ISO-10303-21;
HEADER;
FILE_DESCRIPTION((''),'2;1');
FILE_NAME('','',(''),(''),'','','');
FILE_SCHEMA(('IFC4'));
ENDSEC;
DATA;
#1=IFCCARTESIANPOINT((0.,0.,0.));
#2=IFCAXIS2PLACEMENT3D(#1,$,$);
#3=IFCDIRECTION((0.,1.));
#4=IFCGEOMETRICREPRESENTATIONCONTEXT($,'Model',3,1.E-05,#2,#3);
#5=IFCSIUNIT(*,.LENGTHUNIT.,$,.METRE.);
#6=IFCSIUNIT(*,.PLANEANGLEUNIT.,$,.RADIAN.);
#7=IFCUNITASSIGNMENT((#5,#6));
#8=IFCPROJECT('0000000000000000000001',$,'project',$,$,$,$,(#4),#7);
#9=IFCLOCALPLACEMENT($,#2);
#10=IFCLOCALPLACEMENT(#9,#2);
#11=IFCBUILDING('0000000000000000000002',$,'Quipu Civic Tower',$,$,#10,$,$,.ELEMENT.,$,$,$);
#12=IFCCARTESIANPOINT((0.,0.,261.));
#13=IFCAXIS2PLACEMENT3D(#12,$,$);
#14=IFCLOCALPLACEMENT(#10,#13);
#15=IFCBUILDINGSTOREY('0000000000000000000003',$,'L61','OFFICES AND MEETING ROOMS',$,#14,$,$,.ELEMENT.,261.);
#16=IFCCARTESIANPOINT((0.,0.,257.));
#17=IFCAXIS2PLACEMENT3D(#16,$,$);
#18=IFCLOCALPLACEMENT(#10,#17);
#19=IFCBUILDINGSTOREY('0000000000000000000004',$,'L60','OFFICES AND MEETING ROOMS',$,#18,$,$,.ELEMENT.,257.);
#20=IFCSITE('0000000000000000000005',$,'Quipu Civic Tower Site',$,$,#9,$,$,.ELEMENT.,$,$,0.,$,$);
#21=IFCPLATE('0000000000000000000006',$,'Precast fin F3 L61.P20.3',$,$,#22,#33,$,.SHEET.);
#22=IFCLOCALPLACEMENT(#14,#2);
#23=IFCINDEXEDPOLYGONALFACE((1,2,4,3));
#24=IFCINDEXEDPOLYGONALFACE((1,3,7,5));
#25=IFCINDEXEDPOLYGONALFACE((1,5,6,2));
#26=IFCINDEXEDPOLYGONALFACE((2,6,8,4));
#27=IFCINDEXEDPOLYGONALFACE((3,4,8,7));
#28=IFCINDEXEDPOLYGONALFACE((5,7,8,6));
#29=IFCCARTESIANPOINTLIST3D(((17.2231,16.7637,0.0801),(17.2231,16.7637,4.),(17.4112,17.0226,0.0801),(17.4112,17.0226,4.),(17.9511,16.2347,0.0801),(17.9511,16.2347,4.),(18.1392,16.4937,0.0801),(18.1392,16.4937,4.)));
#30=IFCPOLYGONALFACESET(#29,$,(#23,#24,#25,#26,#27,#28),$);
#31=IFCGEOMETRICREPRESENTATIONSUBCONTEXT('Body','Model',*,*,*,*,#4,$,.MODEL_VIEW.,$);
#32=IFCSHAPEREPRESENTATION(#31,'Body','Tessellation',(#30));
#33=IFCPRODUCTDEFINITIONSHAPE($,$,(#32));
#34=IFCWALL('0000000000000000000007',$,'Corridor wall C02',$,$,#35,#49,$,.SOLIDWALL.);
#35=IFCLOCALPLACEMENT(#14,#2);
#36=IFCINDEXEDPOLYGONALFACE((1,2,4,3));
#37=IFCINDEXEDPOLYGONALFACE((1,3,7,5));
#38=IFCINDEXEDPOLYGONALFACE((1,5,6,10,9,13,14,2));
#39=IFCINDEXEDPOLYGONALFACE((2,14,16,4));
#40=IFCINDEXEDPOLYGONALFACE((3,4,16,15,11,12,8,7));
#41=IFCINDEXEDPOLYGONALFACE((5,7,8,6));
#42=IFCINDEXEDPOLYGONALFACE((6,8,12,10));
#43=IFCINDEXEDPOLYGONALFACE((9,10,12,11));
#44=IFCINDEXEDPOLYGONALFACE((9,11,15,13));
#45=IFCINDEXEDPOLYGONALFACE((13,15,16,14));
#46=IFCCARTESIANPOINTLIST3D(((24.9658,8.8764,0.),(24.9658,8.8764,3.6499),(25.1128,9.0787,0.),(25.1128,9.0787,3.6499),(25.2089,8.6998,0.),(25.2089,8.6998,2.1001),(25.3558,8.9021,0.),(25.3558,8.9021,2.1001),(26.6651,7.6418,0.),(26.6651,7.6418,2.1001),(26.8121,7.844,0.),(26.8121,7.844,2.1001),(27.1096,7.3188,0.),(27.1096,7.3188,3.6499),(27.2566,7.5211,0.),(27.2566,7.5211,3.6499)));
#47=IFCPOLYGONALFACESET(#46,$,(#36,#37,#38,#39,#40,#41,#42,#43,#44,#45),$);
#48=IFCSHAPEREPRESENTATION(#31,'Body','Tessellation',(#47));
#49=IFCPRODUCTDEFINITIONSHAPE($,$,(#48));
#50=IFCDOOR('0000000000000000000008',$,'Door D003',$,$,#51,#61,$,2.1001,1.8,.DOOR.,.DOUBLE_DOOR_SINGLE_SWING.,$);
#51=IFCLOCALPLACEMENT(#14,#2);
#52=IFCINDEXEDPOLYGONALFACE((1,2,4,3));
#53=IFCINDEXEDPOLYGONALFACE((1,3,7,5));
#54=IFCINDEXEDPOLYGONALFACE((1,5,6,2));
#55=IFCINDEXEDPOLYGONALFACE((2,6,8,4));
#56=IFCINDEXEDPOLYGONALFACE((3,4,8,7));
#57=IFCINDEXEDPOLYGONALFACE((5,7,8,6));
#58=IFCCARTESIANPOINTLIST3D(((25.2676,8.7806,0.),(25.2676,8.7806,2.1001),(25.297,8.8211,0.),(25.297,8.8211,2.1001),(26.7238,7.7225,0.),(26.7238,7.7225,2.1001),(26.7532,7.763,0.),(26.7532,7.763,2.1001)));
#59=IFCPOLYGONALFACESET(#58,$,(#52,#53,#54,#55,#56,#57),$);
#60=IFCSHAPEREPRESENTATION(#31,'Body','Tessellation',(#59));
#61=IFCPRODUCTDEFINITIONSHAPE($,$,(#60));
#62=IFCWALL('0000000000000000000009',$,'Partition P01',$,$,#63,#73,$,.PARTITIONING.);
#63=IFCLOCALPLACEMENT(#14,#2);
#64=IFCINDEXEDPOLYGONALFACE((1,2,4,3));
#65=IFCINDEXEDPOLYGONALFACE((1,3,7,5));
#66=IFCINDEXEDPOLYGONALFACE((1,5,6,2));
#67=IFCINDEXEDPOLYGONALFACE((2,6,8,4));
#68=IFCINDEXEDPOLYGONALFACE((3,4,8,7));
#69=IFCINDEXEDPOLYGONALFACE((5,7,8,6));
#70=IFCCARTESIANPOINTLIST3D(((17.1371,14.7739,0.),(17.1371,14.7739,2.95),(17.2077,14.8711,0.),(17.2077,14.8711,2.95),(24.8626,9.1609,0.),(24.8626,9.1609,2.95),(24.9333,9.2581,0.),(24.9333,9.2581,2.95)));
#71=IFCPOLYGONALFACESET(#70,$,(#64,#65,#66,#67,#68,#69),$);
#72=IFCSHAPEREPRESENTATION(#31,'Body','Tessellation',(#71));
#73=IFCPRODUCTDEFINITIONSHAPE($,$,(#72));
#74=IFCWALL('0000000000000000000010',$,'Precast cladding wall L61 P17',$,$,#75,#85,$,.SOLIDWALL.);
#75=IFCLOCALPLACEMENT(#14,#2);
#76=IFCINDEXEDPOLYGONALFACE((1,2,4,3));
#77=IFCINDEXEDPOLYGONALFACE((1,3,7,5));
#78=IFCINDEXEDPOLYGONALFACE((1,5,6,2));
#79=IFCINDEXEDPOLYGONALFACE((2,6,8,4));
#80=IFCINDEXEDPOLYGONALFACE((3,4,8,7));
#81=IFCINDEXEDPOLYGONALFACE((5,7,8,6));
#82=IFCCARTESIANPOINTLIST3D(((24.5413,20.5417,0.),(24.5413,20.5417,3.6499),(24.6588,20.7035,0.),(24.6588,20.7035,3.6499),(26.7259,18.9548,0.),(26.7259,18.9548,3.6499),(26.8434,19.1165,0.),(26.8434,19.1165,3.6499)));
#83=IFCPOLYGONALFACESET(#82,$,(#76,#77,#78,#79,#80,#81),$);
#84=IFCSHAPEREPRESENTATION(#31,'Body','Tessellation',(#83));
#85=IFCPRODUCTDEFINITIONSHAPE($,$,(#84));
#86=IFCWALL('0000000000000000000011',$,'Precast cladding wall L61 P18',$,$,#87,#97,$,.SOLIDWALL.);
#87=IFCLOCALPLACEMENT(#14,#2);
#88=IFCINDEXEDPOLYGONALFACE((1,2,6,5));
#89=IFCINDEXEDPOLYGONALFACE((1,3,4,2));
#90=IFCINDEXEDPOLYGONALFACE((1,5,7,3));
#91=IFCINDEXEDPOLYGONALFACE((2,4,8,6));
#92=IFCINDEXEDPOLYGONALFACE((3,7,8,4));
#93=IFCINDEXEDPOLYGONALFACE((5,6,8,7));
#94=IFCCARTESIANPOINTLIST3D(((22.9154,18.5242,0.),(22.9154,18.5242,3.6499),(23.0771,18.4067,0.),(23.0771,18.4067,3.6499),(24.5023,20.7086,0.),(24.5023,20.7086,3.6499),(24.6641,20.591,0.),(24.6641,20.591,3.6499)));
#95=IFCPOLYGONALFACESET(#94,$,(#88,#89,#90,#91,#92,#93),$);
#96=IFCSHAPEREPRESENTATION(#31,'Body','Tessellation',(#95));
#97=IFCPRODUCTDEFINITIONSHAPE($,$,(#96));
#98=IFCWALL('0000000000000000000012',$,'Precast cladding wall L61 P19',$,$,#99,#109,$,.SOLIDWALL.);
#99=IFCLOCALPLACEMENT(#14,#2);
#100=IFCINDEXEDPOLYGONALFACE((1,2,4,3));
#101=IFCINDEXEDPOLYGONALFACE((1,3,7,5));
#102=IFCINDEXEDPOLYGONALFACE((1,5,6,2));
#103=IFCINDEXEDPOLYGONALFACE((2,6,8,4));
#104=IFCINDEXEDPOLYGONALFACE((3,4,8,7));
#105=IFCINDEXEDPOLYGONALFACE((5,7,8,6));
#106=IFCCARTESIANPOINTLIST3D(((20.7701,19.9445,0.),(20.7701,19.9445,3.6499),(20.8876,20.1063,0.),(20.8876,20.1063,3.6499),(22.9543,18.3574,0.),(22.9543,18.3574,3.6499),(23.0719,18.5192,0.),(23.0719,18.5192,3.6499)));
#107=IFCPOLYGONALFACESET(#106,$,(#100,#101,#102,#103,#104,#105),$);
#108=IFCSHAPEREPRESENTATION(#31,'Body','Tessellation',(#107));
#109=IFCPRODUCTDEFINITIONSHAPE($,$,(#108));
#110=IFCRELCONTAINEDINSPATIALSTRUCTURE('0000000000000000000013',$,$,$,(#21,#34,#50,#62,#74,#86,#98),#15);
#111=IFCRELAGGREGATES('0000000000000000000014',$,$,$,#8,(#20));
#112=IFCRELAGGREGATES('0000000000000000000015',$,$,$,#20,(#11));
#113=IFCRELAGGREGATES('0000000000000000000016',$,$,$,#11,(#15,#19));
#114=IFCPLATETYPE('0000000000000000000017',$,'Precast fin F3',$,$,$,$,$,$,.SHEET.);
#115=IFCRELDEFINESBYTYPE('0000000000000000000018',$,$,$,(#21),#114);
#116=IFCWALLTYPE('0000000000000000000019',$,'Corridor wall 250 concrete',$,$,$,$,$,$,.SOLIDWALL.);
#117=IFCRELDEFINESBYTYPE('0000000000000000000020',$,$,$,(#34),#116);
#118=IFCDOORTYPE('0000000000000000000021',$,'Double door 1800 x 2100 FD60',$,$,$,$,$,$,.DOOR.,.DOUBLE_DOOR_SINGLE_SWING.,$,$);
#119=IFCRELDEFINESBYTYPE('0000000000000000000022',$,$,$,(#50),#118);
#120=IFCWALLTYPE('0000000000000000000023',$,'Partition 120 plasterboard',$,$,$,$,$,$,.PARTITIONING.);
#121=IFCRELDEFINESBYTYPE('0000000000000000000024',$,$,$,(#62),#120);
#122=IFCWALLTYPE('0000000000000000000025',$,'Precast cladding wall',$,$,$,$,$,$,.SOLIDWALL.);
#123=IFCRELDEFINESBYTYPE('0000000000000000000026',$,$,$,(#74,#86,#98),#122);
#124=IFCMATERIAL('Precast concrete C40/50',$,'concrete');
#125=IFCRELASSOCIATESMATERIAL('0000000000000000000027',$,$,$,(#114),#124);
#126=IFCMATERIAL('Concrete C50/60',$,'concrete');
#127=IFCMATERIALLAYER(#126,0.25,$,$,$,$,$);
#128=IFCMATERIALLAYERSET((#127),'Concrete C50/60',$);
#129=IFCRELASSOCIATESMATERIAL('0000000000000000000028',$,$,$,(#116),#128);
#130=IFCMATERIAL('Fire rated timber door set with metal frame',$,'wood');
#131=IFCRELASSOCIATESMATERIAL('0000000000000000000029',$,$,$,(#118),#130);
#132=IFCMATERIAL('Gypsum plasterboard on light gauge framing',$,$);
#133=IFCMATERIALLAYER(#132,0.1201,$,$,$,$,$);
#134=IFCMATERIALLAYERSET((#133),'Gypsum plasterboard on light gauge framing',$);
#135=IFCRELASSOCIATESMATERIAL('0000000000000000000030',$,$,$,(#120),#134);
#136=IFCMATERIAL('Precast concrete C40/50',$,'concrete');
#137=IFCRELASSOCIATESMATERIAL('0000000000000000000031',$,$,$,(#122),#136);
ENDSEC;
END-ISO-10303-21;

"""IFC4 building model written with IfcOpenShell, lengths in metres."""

from ifc_helpers import new_model, si_unit, direction, frame, frame_2d, origin, origin_2d, place, context, subcontext, project, spatial, rectangle, extrude, material, layer, layer_set, type_object, element, fill, save


model = new_model("IFC4")

# Units and contexts
model_context = context("Model", 3, precision=1e-05, world=origin(), true_north=direction((0.0, 1.0)))
body_context = subcontext(model_context, "Body", "Model", "MODEL_VIEW")
ifc_project = project(units=[si_unit("LENGTHUNIT", "METRE"), si_unit("PLANEANGLEUNIT", "RADIAN")], contexts=[model_context])

# Site, building, storey
site_placement = place(None, origin())
site = spatial("IfcSite", under=ifc_project, at=site_placement, Name="Quipu Civic Tower Site", CompositionType="ELEMENT", RefElevation=0.0)
building_placement = place(site_placement, origin())
building = spatial("IfcBuilding", under=site, at=building_placement, Name="Quipu Civic Tower", CompositionType="ELEMENT")
storey_1_placement = place(building_placement, frame((0.0, 0.0, 261.0)))
storey_1 = spatial("IfcBuildingStorey", under=building, at=storey_1_placement, Name="L61", Description="OFFICES AND MEETING ROOMS", CompositionType="ELEMENT", Elevation=261.0)

# Shared definitions
storey_2_placement = place(building_placement, frame((0.0, 0.0, 257.0)))
storey_2 = spatial("IfcBuildingStorey", under=building, at=storey_2_placement, Name="L60", Description="OFFICES AND MEETING ROOMS", CompositionType="ELEMENT", Elevation=257.0)

# Plate
ifc_material_1 = material(Name="Precast concrete C40/50", Category="concrete")
plate_type_1 = type_object("IfcPlateType", Name="Precast fin F3", PredefinedType="SHEET", material=ifc_material_1)
for number, where, z_axis, x_axis, name in (
    (1, (17.6812, 16.6287, 0.0801), (0.0, 0.0, 1.0), (-0.587784, -0.809018, 0.0), "Precast fin F3 L61.P20.3"),
):
    element("IfcPlate", number, at=place(storey_1_placement, frame(where, z_axis=z_axis, x_axis=x_axis)), inside=storey_1, type_object=plate_type_1, Name=name, PredefinedType="SHEET", context=body_context, shape_type="SweptSolid", body=[
        extrude(rectangle(XDim=0.3201, YDim=0.8999, at=origin_2d()), origin(), (0.0, 0.0, 1.0), 3.9199),
    ])

# Wall, opening, door
ifc_material_2 = material(Name="Concrete C50/60", Category="concrete")
ifc_layer_1 = layer(ifc_material_2, 0.25)
ifc_layer_set_1 = layer_set([ifc_layer_1], Name="Concrete C50/60")
wall_type_1 = type_object("IfcWallType", Name="Corridor wall 250 concrete", PredefinedType="SOLIDWALL", material=ifc_layer_set_1)
wall_1_placement = place(storey_1_placement, frame((25.0393, 8.9775, 0.0), z_axis=(0.0, 0.0, 1.0), x_axis=(0.809007, -0.587799, 0.0)))
wall_1 = element("IfcWall", 2, at=wall_1_placement, inside=storey_1, type_object=wall_type_1, Name="Corridor wall C02", PredefinedType="SOLIDWALL", context=body_context, shape_type="SweptSolid", body=[
    extrude(rectangle(XDim=2.6499, YDim=0.25, at=frame_2d((1.325, 0.0))), origin(), (0.0, 0.0, 1.0), 3.6499),
])
opening_placement = place(wall_1_placement, frame((0.3005, 0.0, 0.0)))
opening = element("IfcOpeningElement", 3, at=opening_placement, cuts=wall_1, PredefinedType="OPENING", context=body_context, shape_type="SweptSolid", body=[
    extrude(rectangle(XDim=1.8, YDim=2.1001, at=frame_2d((0.8999, 1.05))), frame((0.0, 0.135, 0.0), z_axis=(0.0, -1.0, 0.0), x_axis=(1.0, 0.0, 0.0)), (0.0, 0.0, 1.0), 0.27),
])
ifc_material_3 = material(Name="Fire rated timber door set with metal frame", Category="wood")
door_type = type_object("IfcDoorType", Name="Double door 1800 x 2100 FD60", OperationType="DOUBLE_DOOR_SINGLE_SWING", PredefinedType="DOOR", material=ifc_material_3)
door_placement = place(opening_placement, origin())
door = element("IfcDoor", 4, at=door_placement, inside=storey_1, type_object=door_type, Name="Door D003", OperationType="DOUBLE_DOOR_SINGLE_SWING", OverallHeight=2.1001, OverallWidth=1.8, PredefinedType="DOOR", context=body_context, shape_type="SweptSolid", body=[
    extrude(rectangle(XDim=1.8, YDim=2.1001, at=frame_2d((0.8999, 1.05))), frame((0.0, 0.0249, 0.0), z_axis=(0.0, -1.0, 0.0), x_axis=(1.0, 0.0, 0.0)), (0.0, 0.0, 1.0), 0.05),
])
fill(opening, door)

# Walls
ifc_material_4 = material(Name="Gypsum plasterboard on light gauge framing")
ifc_layer_2 = layer(ifc_material_4, 0.1201)
ifc_layer_set_2 = layer_set([ifc_layer_2], Name="Gypsum plasterboard on light gauge framing")
wall_type_2 = type_object("IfcWallType", Name="Partition 120 plasterboard", PredefinedType="PARTITIONING", material=ifc_layer_set_2)
wall_2_placement = place(storey_1_placement, frame((24.8979, 9.2095, 0.0), z_axis=(0.0, 0.0, 1.0), x_axis=(-0.809013, 0.58779, 0.0)))
element("IfcWall", 5, at=wall_2_placement, inside=storey_1, type_object=wall_type_2, Name="Partition P01", PredefinedType="PARTITIONING", context=body_context, shape_type="SweptSolid", body=[
    extrude(rectangle(XDim=9.5493, YDim=0.1201, at=frame_2d((4.7747, 0.0))), origin(), (0.0, 0.0, 1.0), 2.95),
])
ifc_material_5 = material(Name="Precast concrete C40/50", Category="concrete")
wall_type_3 = type_object("IfcWallType", Name="Precast cladding wall", PredefinedType="SOLIDWALL", material=ifc_material_5)
wall_3_placement = place(storey_1_placement, frame((26.7847, 19.0356, 0.0), z_axis=(0.0, 0.0, 1.0), x_axis=(-0.809064, 0.58772, 0.0)))
element("IfcWall", 6, at=wall_3_placement, inside=storey_1, type_object=wall_type_3, Name="Precast cladding wall L61 P17", PredefinedType="SOLIDWALL", context=body_context, shape_type="SweptSolid", body=[
    extrude(rectangle(XDim=2.7002, YDim=0.2, at=frame_2d((1.3501, 0.0))), origin(), (0.0, 0.0, 1.0), 3.6499),
])
for number, where, z_axis, x_axis, name in (
    (7, (24.5833, 20.6499, 0.0), (0.0, 0.0, 1.0), (-0.587763, -0.809033, 0.0), "Precast cladding wall L61 P18"),
    (8, (23.0132, 18.4382, 0.0), (0.0, 0.0, 1.0), (-0.80899, 0.587822, 0.0), "Precast cladding wall L61 P19"),
):
    element("IfcWall", number, at=place(storey_1_placement, frame(where, z_axis=z_axis, x_axis=x_axis)), inside=storey_1, type_object=wall_type_3, Name=name, PredefinedType="SOLIDWALL", context=body_context, shape_type="SweptSolid", body=[
        extrude(rectangle(XDim=2.7, YDim=0.2, at=frame_2d((1.3501, 0.0))), origin(), (0.0, 0.0, 1.0), 3.6499),
    ])

save(model, "model.ifc")
